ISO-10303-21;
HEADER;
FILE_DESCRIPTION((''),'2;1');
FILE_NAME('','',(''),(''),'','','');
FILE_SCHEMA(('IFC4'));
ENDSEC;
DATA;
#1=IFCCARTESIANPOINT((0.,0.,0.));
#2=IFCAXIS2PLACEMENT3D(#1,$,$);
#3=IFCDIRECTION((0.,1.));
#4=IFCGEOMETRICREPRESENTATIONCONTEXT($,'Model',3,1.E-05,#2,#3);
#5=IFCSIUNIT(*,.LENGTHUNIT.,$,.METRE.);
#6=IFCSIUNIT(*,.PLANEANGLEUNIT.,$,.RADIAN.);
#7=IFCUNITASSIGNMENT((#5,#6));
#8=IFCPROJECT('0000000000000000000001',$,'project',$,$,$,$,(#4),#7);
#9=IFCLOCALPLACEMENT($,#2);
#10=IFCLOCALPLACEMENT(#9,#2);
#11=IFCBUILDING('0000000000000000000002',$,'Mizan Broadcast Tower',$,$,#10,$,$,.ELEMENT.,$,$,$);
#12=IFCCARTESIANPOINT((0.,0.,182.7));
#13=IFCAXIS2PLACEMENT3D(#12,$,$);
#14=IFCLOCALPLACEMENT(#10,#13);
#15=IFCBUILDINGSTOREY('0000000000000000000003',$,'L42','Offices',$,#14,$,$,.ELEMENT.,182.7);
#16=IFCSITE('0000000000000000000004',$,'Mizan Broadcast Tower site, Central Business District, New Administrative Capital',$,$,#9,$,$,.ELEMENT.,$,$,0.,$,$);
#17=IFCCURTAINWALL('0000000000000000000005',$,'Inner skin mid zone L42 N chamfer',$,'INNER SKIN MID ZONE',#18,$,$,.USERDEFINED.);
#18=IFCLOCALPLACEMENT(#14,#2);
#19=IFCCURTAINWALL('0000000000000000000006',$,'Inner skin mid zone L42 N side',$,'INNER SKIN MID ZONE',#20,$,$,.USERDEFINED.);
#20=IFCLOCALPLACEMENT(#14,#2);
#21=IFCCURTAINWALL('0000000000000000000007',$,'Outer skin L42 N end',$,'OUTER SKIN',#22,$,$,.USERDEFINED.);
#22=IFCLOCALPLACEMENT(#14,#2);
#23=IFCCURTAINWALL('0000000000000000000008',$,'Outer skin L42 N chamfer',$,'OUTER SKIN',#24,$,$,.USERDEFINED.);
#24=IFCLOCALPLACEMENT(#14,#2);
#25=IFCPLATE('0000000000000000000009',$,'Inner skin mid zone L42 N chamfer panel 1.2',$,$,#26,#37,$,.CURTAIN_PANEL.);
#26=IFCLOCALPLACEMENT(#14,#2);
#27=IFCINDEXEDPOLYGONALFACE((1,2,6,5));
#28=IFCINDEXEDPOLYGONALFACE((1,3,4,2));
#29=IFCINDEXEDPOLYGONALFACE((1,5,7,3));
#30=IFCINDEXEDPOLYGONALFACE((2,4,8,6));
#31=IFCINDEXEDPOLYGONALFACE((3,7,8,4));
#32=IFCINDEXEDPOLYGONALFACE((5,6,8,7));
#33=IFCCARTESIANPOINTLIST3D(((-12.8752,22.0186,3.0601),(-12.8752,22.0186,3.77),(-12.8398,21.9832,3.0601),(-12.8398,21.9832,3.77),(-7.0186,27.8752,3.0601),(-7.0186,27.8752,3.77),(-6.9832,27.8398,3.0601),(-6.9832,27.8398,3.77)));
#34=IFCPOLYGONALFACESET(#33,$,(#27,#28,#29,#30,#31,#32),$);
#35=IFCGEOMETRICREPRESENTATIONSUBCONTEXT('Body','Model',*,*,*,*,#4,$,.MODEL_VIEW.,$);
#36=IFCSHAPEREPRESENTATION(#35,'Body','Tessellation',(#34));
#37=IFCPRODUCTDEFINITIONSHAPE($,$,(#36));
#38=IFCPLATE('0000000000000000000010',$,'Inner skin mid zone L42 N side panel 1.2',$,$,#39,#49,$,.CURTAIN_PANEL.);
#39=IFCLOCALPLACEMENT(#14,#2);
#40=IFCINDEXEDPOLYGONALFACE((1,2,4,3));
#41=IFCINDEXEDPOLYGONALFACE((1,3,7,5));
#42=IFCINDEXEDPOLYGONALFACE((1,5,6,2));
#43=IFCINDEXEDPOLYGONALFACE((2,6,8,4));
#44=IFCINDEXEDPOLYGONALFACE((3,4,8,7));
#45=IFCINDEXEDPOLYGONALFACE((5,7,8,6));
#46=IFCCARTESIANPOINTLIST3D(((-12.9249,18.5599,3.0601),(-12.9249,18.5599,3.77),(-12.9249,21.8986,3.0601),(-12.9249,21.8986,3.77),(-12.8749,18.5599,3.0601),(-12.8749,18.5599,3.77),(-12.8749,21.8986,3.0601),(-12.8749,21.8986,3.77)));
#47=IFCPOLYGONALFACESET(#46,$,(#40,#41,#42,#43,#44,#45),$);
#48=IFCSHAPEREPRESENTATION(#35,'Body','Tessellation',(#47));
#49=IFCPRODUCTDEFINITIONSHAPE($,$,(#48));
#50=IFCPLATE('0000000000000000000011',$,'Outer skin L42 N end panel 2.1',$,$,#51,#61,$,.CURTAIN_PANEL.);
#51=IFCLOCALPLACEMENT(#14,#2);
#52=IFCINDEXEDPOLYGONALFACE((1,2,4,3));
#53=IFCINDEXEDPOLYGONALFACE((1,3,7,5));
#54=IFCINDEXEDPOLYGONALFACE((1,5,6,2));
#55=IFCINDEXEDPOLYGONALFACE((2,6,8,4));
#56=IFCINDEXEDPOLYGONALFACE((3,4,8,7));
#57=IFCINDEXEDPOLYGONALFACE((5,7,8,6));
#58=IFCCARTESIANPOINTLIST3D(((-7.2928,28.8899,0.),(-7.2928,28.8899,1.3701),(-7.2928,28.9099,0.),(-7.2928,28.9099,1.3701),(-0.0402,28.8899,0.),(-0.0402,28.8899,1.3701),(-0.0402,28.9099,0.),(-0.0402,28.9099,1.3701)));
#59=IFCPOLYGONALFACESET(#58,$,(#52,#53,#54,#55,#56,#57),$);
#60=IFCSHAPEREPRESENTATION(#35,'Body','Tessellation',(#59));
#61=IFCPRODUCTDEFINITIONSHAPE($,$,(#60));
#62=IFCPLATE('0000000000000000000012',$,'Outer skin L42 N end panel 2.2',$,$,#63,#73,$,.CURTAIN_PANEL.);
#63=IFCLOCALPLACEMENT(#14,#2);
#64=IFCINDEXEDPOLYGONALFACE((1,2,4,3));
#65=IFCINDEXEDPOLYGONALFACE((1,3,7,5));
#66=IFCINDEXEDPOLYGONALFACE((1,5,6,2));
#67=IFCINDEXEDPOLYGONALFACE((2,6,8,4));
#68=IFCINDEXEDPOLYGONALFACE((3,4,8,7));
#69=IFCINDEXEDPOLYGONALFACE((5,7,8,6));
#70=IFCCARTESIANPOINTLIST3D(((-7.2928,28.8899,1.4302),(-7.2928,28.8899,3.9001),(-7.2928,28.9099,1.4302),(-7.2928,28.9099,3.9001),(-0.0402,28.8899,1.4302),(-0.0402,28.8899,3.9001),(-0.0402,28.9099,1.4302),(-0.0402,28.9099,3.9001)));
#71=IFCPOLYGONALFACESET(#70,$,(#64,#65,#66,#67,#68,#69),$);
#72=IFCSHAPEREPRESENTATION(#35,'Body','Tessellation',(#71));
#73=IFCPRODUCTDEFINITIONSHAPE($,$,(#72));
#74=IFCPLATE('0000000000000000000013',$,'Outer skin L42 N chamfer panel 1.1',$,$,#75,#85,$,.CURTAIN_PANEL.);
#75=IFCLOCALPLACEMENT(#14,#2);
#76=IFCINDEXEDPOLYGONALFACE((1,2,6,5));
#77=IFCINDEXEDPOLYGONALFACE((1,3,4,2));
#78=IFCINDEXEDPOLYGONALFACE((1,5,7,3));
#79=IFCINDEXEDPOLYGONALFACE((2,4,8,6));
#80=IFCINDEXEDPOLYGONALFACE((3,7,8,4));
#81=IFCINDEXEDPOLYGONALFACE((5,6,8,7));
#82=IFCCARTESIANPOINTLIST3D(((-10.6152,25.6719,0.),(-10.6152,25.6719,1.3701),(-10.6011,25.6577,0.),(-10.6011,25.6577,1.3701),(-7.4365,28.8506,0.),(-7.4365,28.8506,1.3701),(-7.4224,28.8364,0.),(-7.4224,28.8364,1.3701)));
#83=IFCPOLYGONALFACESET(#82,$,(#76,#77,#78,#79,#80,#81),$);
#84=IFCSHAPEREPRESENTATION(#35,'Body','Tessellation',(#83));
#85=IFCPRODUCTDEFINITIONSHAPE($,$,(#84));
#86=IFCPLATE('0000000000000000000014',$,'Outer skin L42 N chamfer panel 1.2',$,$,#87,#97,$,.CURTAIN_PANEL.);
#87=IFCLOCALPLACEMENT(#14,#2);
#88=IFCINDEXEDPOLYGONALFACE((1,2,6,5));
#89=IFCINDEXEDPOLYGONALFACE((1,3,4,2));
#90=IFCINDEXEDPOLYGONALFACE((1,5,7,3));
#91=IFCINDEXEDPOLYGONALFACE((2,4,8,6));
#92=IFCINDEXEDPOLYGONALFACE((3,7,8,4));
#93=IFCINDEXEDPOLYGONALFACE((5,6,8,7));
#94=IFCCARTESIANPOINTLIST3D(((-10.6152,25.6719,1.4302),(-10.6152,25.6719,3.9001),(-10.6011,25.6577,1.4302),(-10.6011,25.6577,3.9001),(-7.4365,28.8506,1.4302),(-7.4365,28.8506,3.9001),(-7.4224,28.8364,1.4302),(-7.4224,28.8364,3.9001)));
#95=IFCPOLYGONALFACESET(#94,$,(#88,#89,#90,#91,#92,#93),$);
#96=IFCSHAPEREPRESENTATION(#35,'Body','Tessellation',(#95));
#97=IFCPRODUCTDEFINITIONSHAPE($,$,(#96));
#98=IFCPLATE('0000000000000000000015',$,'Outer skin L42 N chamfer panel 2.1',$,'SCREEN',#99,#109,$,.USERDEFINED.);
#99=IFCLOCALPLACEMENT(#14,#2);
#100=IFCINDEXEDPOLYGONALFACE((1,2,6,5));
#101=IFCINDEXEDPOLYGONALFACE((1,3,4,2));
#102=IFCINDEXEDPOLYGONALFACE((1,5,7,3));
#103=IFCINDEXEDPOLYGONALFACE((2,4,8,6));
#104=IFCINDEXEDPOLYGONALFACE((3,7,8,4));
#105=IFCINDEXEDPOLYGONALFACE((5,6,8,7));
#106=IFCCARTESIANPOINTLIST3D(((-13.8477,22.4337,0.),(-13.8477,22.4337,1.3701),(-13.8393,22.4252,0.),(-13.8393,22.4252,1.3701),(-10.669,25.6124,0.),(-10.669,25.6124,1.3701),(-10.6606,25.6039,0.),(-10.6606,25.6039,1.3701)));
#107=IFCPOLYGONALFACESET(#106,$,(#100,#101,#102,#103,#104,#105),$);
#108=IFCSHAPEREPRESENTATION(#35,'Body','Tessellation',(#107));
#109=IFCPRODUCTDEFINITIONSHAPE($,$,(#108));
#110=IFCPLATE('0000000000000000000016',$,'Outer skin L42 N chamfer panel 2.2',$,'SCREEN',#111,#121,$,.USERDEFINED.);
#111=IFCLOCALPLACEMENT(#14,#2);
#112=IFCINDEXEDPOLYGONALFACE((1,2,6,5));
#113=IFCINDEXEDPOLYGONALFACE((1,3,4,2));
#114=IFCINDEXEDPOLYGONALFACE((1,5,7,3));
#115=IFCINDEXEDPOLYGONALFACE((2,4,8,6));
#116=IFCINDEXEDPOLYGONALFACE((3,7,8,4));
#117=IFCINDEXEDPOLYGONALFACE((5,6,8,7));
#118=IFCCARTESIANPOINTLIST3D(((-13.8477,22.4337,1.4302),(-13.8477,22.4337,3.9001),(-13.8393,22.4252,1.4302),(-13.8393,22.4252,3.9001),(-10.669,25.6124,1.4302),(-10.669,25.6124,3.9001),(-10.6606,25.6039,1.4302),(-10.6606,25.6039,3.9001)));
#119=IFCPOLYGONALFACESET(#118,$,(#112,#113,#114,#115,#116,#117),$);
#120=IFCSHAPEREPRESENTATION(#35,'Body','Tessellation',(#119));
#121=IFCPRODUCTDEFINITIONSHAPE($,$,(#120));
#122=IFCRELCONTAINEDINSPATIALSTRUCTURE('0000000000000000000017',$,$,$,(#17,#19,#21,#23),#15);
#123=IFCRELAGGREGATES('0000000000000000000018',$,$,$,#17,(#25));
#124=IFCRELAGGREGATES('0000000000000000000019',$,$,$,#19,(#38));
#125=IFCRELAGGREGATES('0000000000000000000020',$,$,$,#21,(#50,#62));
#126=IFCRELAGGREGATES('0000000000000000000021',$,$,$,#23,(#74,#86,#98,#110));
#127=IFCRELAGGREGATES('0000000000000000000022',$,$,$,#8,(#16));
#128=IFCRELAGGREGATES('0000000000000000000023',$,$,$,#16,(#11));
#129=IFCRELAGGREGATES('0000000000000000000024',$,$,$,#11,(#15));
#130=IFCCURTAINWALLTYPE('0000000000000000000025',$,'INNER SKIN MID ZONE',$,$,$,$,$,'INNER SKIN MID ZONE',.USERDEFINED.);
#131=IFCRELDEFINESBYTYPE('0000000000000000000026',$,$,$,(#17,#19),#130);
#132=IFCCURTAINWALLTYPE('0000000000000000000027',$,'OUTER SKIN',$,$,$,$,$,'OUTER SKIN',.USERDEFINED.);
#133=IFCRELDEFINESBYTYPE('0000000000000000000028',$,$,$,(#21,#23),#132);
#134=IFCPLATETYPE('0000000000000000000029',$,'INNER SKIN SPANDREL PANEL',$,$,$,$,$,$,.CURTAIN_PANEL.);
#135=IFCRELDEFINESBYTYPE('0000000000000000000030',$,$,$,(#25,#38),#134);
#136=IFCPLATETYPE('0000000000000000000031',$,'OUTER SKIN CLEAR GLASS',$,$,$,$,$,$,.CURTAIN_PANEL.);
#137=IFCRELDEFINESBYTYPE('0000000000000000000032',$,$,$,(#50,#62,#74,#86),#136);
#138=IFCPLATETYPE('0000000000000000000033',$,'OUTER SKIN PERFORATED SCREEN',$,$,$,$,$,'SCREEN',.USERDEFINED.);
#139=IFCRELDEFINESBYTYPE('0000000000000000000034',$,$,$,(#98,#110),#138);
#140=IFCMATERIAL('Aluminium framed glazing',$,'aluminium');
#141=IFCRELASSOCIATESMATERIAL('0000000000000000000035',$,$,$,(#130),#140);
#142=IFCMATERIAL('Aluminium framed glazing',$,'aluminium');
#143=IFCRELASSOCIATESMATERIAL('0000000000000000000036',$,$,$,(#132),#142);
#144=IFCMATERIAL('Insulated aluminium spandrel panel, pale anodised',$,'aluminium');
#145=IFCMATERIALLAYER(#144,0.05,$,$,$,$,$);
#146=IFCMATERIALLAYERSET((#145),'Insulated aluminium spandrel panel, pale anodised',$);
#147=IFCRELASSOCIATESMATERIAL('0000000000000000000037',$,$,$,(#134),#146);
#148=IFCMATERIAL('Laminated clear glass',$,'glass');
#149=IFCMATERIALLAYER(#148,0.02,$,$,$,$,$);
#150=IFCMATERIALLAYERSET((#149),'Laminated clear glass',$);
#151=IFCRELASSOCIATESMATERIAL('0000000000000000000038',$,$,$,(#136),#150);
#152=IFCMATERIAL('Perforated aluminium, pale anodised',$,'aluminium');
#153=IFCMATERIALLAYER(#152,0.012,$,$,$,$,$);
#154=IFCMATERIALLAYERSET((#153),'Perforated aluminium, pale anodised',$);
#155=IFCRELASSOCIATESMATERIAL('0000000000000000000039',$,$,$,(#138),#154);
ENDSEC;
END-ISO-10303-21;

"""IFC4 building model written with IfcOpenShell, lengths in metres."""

from ifc_helpers import new_model, si_unit, direction, frame, origin, origin_2d, place, context, subcontext, project, spatial, rectangle, extrude, material, layer, layer_set, type_object, element, aggregate, save


model = new_model("IFC4")

# Units and contexts
model_context = context("Model", 3, precision=1e-05, world=origin(), true_north=direction((0.0, 1.0)))
body_context = subcontext(model_context, "Body", "Model", "MODEL_VIEW")
ifc_project = project(units=[si_unit("LENGTHUNIT", "METRE"), si_unit("PLANEANGLEUNIT", "RADIAN")], contexts=[model_context])

# Site, building, storey
site_placement = place(None, origin())
site = spatial("IfcSite", under=ifc_project, at=site_placement, Name="Mizan Broadcast Tower site, Central Business District, New Administrative Capital", CompositionType="ELEMENT", RefElevation=0.0)
building_placement = place(site_placement, origin())
building = spatial("IfcBuilding", under=site, at=building_placement, Name="Mizan Broadcast Tower", CompositionType="ELEMENT")
storey_placement = place(building_placement, frame((0.0, 0.0, 182.7)))
storey = spatial("IfcBuildingStorey", under=building, at=storey_placement, Name="L42", Description="Offices", CompositionType="ELEMENT", Elevation=182.7)

# Shared definitions
ifc_material_1 = material(Name="Aluminium framed glazing", Category="aluminium")
curtain_wall_type_1 = type_object("IfcCurtainWallType", Name="INNER SKIN MID ZONE", ElementType="INNER SKIN MID ZONE", PredefinedType="USERDEFINED", material=ifc_material_1)

# Curtain wall
curtain_wall_1_placement = place(storey_placement, origin())
curtain_wall_1 = element("IfcCurtainWall", 1, at=curtain_wall_1_placement, inside=storey, type_object=curtain_wall_type_1, Name="Inner skin mid zone L42 N chamfer", ObjectType="INNER SKIN MID ZONE", PredefinedType="USERDEFINED")

# Curtain wall
curtain_wall_2_placement = place(storey_placement, origin())
curtain_wall_2 = element("IfcCurtainWall", 2, at=curtain_wall_2_placement, inside=storey, type_object=curtain_wall_type_1, Name="Inner skin mid zone L42 N side", ObjectType="INNER SKIN MID ZONE", PredefinedType="USERDEFINED")

# Curtain wall
ifc_material_2 = material(Name="Aluminium framed glazing", Category="aluminium")
curtain_wall_type_2 = type_object("IfcCurtainWallType", Name="OUTER SKIN", ElementType="OUTER SKIN", PredefinedType="USERDEFINED", material=ifc_material_2)
curtain_wall_3_placement = place(storey_placement, origin())
curtain_wall_3 = element("IfcCurtainWall", 3, at=curtain_wall_3_placement, inside=storey, type_object=curtain_wall_type_2, Name="Outer skin L42 N end", ObjectType="OUTER SKIN", PredefinedType="USERDEFINED")

# Curtain wall
curtain_wall_4_placement = place(storey_placement, origin())
curtain_wall_4 = element("IfcCurtainWall", 4, at=curtain_wall_4_placement, inside=storey, type_object=curtain_wall_type_2, Name="Outer skin L42 N chamfer", ObjectType="OUTER SKIN", PredefinedType="USERDEFINED")

# Plates
ifc_material_3 = material(Name="Insulated aluminium spandrel panel, pale anodised", Category="aluminium")
ifc_layer_1 = layer(ifc_material_3, 0.05)
ifc_layer_set_1 = layer_set([ifc_layer_1], Name="Insulated aluminium spandrel panel, pale anodised")
plate_type_1 = type_object("IfcPlateType", Name="INNER SKIN SPANDREL PANEL", PredefinedType="CURTAIN_PANEL", material=ifc_layer_set_1)
plate_1_placement = place(storey_placement, frame((-9.9292, 24.9292, 3.0601), z_axis=(0.0, 0.0, 1.0), x_axis=(-0.707107, -0.707107, 0.0)))
plate_1 = element("IfcPlate", 5, at=plate_1_placement, type_object=plate_type_1, Name="Inner skin mid zone L42 N chamfer panel 1.2", PredefinedType="CURTAIN_PANEL", context=body_context, shape_type="SweptSolid", body=[
    extrude(rectangle(XDim=8.2825, YDim=0.05, at=origin_2d()), origin(), (0.0, 0.0, 1.0), 0.71),
])
aggregate(curtain_wall_1, [plate_1])
plate_2_placement = place(storey_placement, frame((-12.8999, 20.2292, 3.0601), z_axis=(0.0, 0.0, 1.0), x_axis=(0.0, -1.0, 0.0)))
plate_2 = element("IfcPlate", 6, at=plate_2_placement, type_object=plate_type_1, Name="Inner skin mid zone L42 N side panel 1.2", PredefinedType="CURTAIN_PANEL", context=body_context, shape_type="SweptSolid", body=[
    extrude(rectangle(XDim=3.3386, YDim=0.05, at=origin_2d()), origin(), (0.0, 0.0, 1.0), 0.71),
])
aggregate(curtain_wall_2, [plate_2])
ifc_material_4 = material(Name="Laminated clear glass", Category="glass")
ifc_layer_2 = layer(ifc_material_4, 0.02)
ifc_layer_set_2 = layer_set([ifc_layer_2], Name="Laminated clear glass")
plate_type_2 = type_object("IfcPlateType", Name="OUTER SKIN CLEAR GLASS", PredefinedType="CURTAIN_PANEL", material=ifc_layer_set_2)
plate_3_placement = place(storey_placement, frame((-3.6665, 28.8999, 0.0), z_axis=(0.0, 0.0, 1.0), x_axis=(-1.0, 0.0, 0.0)))
plate_3 = element("IfcPlate", 7, at=plate_3_placement, type_object=plate_type_2, Name="Outer skin L42 N end panel 2.1", PredefinedType="CURTAIN_PANEL", context=body_context, shape_type="SweptSolid", body=[
    extrude(rectangle(XDim=7.2527, YDim=0.02, at=origin_2d()), origin(), (0.0, 0.0, 1.0), 1.3701),
])
plate_4_placement = place(storey_placement, frame((-3.6665, 28.8999, 1.4302), z_axis=(0.0, 0.0, 1.0), x_axis=(-1.0, 0.0, 0.0)))
plate_4 = element("IfcPlate", 8, at=plate_4_placement, type_object=plate_type_2, Name="Outer skin L42 N end panel 2.2", PredefinedType="CURTAIN_PANEL", context=body_context, shape_type="SweptSolid", body=[
    extrude(rectangle(XDim=7.2527, YDim=0.02, at=origin_2d()), origin(), (0.0, 0.0, 1.0), 2.47),
])
aggregate(curtain_wall_3, [plate_3, plate_4])
plate_5_placement = place(storey_placement, frame((-9.0188, 27.2542, 0.0), z_axis=(0.0, 0.0, 1.0), x_axis=(-0.707107, -0.707107, 0.0)))
plate_5 = element("IfcPlate", 9, at=plate_5_placement, type_object=plate_type_2, Name="Outer skin L42 N chamfer panel 1.1", PredefinedType="CURTAIN_PANEL", context=body_context, shape_type="SweptSolid", body=[
    extrude(rectangle(XDim=4.4954, YDim=0.02, at=origin_2d()), origin(), (0.0, 0.0, 1.0), 1.3701),
])
plate_6_placement = place(storey_placement, frame((-9.0188, 27.2542, 1.4302), z_axis=(0.0, 0.0, 1.0), x_axis=(-0.707107, -0.707107, 0.0)))
plate_6 = element("IfcPlate", 10, at=plate_6_placement, type_object=plate_type_2, Name="Outer skin L42 N chamfer panel 1.2", PredefinedType="CURTAIN_PANEL", context=body_context, shape_type="SweptSolid", body=[
    extrude(rectangle(XDim=4.4954, YDim=0.02, at=origin_2d()), origin(), (0.0, 0.0, 1.0), 2.47),
])
ifc_material_5 = material(Name="Perforated aluminium, pale anodised", Category="aluminium")
ifc_layer_3 = layer(ifc_material_5, 0.012)
ifc_layer_set_3 = layer_set([ifc_layer_3], Name="Perforated aluminium, pale anodised")
plate_type_3 = type_object("IfcPlateType", Name="OUTER SKIN PERFORATED SCREEN", ElementType="SCREEN", PredefinedType="USERDEFINED", material=ifc_layer_set_3)
plate_7_placement = place(storey_placement, frame((-12.2542, 24.0188, 0.0), z_axis=(0.0, 0.0, 1.0), x_axis=(-0.707107, -0.707107, 0.0)))
plate_7 = element("IfcPlate", 11, at=plate_7_placement, type_object=plate_type_3, Name="Outer skin L42 N chamfer panel 2.1", ObjectType="SCREEN", PredefinedType="USERDEFINED", context=body_context, shape_type="SweptSolid", body=[
    extrude(rectangle(XDim=4.4954, YDim=0.012, at=origin_2d()), origin(), (0.0, 0.0, 1.0), 1.3701),
])
plate_8_placement = place(storey_placement, frame((-12.2542, 24.0188, 1.4302), z_axis=(0.0, 0.0, 1.0), x_axis=(-0.707107, -0.707107, 0.0)))
plate_8 = element("IfcPlate", 12, at=plate_8_placement, type_object=plate_type_3, Name="Outer skin L42 N chamfer panel 2.2", ObjectType="SCREEN", PredefinedType="USERDEFINED", context=body_context, shape_type="SweptSolid", body=[
    extrude(rectangle(XDim=4.4954, YDim=0.012, at=origin_2d()), origin(), (0.0, 0.0, 1.0), 2.47),
])
aggregate(curtain_wall_4, [plate_5, plate_6, plate_7, plate_8])

save(model, "model.ifc")
